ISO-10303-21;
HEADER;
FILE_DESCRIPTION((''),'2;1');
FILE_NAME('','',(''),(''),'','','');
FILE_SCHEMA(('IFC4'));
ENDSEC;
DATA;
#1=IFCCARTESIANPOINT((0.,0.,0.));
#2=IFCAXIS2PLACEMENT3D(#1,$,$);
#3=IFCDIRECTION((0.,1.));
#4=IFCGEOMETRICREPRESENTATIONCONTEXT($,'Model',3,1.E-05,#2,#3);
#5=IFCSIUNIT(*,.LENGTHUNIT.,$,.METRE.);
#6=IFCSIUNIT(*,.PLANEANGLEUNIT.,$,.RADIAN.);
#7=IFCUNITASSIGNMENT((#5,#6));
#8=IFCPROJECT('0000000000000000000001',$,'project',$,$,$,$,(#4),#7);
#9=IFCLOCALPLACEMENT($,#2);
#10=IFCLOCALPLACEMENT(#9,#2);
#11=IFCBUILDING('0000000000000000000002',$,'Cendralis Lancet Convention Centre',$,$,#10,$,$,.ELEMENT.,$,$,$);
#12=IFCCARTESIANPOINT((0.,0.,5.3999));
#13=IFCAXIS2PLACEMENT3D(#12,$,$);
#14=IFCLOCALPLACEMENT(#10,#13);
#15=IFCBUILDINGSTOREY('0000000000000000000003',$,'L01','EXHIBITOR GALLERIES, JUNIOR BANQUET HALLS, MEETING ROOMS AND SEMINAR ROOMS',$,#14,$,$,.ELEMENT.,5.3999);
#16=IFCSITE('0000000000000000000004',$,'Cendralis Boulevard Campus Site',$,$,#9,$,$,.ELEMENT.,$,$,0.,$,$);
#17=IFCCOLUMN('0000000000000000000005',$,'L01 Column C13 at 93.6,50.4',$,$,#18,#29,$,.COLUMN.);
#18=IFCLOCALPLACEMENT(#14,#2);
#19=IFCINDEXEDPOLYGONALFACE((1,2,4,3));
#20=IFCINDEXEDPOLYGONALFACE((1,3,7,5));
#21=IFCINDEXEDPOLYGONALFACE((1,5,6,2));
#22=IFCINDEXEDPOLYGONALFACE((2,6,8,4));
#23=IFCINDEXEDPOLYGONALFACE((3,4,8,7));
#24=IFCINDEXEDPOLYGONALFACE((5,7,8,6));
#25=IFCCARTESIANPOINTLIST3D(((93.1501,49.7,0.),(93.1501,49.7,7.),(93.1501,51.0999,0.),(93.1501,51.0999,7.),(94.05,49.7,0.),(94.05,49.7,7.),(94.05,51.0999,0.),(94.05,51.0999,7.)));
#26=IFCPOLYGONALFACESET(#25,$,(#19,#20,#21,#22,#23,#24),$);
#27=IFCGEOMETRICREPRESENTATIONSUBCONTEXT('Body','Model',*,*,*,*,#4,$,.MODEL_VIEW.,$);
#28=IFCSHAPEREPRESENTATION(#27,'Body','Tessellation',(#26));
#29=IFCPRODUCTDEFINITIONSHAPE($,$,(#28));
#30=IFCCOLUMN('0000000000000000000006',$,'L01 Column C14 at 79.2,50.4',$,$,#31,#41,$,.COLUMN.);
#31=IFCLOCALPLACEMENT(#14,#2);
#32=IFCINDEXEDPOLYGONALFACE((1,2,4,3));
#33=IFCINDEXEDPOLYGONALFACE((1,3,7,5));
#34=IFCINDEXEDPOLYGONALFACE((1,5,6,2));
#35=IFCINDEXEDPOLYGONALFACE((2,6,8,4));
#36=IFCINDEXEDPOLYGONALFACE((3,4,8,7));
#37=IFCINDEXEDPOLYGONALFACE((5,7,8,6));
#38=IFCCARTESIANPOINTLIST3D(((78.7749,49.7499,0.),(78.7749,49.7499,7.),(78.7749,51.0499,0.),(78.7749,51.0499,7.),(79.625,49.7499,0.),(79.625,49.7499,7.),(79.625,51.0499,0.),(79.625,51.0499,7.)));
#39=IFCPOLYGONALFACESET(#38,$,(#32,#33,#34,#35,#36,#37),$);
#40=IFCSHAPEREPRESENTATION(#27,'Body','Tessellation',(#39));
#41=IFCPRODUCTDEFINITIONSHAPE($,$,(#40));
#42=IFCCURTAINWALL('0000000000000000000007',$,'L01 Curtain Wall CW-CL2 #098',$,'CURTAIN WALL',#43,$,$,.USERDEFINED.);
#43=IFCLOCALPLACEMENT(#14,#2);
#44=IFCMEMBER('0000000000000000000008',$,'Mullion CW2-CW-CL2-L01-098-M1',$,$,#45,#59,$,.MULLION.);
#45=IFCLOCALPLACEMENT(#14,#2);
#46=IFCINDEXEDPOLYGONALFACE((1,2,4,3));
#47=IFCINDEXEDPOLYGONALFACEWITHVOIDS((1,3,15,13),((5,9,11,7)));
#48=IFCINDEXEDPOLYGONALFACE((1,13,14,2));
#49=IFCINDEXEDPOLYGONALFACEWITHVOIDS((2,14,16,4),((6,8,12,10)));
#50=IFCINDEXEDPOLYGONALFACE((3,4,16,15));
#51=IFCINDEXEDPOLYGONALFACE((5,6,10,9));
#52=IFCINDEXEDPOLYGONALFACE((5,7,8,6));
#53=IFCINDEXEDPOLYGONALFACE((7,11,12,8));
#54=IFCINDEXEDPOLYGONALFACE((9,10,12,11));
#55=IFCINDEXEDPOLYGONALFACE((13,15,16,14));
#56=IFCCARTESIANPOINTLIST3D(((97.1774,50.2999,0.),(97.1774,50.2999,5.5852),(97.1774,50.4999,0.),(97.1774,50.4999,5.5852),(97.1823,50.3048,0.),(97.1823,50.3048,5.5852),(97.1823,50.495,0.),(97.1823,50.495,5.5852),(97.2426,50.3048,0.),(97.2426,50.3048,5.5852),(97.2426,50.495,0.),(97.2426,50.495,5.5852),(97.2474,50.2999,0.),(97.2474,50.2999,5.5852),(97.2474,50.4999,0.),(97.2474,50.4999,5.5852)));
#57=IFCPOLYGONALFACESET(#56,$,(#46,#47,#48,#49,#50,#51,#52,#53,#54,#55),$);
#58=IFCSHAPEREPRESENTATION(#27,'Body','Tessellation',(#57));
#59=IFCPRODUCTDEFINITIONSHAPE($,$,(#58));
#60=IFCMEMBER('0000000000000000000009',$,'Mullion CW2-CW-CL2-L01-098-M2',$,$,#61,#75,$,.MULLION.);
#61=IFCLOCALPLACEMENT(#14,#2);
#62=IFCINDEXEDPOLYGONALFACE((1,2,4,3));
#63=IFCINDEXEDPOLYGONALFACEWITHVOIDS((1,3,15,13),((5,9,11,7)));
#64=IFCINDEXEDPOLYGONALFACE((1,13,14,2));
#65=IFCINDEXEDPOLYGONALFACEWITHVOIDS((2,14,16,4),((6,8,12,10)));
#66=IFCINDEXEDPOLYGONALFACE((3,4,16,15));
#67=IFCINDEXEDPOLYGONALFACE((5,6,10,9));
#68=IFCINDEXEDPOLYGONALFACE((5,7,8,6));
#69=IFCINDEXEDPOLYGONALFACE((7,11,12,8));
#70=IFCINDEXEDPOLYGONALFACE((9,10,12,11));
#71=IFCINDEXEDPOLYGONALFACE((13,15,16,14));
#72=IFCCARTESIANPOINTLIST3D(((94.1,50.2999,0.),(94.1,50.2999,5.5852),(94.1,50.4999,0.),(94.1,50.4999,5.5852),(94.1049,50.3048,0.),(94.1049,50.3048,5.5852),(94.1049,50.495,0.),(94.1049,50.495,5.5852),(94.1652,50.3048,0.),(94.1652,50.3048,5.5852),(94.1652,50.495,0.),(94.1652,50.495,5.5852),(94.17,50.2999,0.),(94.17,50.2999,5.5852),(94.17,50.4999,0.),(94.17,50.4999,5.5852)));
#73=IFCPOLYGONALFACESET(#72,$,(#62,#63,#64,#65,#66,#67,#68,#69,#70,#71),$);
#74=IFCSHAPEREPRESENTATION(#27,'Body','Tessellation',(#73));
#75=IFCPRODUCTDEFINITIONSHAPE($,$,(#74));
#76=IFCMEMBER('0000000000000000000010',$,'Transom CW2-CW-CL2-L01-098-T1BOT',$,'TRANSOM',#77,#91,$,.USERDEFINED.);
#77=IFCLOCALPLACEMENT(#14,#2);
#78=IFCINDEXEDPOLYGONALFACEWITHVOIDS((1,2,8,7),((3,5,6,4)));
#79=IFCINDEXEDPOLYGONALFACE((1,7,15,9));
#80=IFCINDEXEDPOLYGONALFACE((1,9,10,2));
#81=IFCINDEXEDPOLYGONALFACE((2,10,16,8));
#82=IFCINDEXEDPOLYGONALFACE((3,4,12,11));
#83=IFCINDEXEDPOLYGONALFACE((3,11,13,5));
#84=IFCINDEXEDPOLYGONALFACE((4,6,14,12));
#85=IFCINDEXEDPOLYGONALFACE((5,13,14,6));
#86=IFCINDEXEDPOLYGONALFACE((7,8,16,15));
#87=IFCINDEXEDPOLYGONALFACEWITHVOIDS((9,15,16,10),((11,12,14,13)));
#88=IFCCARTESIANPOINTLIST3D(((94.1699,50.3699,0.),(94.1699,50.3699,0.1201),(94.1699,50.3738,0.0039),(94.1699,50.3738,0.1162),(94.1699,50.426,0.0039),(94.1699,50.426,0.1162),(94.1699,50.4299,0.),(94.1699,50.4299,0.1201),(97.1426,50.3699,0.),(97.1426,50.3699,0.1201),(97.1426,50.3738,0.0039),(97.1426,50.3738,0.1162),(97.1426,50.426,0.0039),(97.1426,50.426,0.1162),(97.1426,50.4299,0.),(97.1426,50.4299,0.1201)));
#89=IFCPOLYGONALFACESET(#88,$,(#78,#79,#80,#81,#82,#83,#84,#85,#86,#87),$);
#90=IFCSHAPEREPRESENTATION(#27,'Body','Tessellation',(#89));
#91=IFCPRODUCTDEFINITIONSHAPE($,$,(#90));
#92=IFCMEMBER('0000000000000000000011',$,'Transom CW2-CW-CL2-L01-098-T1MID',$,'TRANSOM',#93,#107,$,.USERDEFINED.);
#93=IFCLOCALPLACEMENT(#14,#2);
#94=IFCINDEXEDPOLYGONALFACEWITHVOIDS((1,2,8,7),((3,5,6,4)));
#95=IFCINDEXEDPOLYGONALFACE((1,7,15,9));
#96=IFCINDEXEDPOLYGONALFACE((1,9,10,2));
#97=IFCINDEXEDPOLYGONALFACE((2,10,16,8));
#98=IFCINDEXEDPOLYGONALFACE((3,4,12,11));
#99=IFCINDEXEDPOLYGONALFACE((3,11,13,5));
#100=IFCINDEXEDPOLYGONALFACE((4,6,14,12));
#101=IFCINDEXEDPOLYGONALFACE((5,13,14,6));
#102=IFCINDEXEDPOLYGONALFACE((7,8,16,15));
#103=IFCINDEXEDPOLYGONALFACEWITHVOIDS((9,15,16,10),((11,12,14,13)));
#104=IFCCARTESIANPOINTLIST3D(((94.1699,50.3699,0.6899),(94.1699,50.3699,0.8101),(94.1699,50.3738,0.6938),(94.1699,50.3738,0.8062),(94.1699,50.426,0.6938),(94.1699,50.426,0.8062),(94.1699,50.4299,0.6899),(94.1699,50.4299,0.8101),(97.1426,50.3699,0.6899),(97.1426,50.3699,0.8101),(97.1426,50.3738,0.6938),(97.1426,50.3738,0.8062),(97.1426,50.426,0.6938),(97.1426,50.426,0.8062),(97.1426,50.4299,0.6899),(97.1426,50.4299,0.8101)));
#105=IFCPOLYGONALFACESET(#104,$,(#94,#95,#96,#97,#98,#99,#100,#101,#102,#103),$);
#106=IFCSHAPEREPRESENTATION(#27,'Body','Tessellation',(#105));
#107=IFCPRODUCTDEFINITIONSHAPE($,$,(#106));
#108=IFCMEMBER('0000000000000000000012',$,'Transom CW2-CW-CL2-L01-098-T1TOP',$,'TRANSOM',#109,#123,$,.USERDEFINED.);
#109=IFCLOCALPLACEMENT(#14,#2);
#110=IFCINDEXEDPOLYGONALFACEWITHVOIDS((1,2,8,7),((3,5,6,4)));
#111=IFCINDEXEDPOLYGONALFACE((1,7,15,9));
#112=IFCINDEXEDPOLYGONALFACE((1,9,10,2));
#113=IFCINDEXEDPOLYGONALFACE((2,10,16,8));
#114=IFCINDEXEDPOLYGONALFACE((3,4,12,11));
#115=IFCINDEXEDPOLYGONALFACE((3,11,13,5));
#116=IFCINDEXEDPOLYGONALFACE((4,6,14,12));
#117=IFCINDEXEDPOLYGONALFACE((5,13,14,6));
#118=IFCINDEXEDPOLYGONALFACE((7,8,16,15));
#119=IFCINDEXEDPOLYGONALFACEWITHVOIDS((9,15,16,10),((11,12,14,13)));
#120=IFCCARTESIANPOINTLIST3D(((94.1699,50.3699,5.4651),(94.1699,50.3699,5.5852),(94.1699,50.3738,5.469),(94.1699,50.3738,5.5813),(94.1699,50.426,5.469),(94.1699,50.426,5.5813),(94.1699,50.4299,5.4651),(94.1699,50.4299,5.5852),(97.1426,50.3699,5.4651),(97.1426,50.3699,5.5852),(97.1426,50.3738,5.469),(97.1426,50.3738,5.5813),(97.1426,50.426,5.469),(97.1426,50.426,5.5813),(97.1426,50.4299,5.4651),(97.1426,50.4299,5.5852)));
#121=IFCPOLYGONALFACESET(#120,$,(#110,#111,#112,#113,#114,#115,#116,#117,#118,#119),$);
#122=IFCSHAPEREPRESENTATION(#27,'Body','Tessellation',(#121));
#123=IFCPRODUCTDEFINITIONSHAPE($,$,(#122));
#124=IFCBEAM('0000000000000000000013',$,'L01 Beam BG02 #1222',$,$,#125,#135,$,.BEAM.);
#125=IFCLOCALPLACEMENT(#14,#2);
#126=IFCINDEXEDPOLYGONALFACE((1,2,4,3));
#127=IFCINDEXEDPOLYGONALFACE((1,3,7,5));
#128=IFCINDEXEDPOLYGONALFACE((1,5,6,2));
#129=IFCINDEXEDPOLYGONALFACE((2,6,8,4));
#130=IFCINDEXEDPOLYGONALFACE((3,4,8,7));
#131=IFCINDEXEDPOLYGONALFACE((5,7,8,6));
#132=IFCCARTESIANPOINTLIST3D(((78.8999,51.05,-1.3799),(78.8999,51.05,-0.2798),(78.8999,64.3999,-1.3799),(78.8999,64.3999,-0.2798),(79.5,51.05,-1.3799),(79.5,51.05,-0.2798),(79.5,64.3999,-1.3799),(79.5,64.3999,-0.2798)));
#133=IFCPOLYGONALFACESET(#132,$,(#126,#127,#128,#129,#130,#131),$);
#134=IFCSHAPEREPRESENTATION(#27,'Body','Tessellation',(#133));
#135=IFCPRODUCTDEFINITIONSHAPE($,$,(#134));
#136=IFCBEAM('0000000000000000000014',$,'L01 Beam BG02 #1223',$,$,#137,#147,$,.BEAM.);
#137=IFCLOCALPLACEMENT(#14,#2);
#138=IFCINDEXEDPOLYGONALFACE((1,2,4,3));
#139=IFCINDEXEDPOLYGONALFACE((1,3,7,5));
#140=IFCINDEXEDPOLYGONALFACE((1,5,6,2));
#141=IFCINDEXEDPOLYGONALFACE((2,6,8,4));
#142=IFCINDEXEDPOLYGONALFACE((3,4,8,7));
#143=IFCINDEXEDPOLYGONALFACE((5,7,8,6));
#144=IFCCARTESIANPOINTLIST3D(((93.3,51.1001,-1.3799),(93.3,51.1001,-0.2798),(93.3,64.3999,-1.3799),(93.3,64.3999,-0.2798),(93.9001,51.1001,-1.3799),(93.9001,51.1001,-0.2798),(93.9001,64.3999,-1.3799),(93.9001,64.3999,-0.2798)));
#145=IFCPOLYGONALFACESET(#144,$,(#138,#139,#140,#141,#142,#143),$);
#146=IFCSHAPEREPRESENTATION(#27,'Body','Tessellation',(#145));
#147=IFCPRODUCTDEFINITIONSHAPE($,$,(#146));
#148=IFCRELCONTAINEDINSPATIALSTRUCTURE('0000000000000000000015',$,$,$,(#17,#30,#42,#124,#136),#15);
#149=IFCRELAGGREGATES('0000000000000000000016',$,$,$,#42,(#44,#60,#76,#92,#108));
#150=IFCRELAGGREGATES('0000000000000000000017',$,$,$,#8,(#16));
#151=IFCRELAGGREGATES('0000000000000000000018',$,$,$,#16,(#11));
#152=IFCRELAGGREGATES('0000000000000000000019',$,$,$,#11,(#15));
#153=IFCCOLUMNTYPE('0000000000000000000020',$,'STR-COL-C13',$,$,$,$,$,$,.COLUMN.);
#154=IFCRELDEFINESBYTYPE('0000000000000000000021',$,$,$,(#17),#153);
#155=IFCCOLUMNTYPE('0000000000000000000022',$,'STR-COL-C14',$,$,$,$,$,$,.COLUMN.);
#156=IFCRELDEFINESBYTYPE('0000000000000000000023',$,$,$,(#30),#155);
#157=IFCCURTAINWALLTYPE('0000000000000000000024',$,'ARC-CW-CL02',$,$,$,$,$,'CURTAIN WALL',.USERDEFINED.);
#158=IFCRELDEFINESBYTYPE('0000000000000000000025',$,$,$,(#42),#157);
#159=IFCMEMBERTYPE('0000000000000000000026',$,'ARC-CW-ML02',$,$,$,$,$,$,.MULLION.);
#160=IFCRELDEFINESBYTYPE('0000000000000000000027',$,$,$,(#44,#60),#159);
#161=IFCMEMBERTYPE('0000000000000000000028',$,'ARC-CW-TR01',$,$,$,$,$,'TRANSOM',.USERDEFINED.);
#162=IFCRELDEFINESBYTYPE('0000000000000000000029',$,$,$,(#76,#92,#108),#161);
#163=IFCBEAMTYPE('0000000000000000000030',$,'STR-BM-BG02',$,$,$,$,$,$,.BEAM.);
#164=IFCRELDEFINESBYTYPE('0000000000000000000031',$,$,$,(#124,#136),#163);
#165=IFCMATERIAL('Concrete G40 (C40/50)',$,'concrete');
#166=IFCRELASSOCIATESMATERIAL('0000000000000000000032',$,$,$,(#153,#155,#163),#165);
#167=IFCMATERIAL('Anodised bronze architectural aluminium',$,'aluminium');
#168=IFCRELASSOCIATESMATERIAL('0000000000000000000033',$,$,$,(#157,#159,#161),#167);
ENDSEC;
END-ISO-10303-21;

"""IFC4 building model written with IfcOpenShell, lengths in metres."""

from ifc_helpers import new_model, si_unit, direction, frame, origin, origin_2d, place, context, subcontext, project, spatial, rectangle, hollow_rectangle, extrude, material, material_profile, profile_set, type_object, element, aggregate, save


model = new_model("IFC4")

# Units and contexts
model_context = context("Model", 3, precision=1e-05, world=origin(), true_north=direction((0.0, 1.0)))
body_context = subcontext(model_context, "Body", "Model", "MODEL_VIEW")
ifc_project = project(units=[si_unit("LENGTHUNIT", "METRE"), si_unit("PLANEANGLEUNIT", "RADIAN")], contexts=[model_context])

# Site, building, storey
site_placement = place(None, origin())
site = spatial("IfcSite", under=ifc_project, at=site_placement, Name="Cendralis Boulevard Campus Site", CompositionType="ELEMENT", RefElevation=0.0)
building_placement = place(site_placement, origin())
building = spatial("IfcBuilding", under=site, at=building_placement, Name="Cendralis Lancet Convention Centre", CompositionType="ELEMENT")
storey_placement = place(building_placement, frame((0.0, 0.0, 5.3999)))
storey = spatial("IfcBuildingStorey", under=building, at=storey_placement, Name="L01", Description="EXHIBITOR GALLERIES, JUNIOR BANQUET HALLS, MEETING ROOMS AND SEMINAR ROOMS", CompositionType="ELEMENT", Elevation=5.3999)

# Columns
ifc_material_1 = material(Name="Concrete G40 (C40/50)", Category="concrete")
ifc_material_profile_1 = material_profile(ifc_material_1, rectangle(XDim=0.8999, YDim=1.3999, at=origin_2d()), Name="RC 900x1400")
ifc_profile_set_1 = profile_set([ifc_material_profile_1], Name="Concrete G40 (C40/50)")
column_type_1 = type_object("IfcColumnType", Name="STR-COL-C13", PredefinedType="COLUMN", material=ifc_profile_set_1)
column_1_placement = place(storey_placement, frame((93.6001, 50.3999, 0.0), z_axis=(0.0, 0.0, 1.0), x_axis=(1.0, 0.0, 0.0)))
element("IfcColumn", 1, at=column_1_placement, inside=storey, type_object=column_type_1, Name="L01 Column C13 at 93.6,50.4", PredefinedType="COLUMN", context=body_context, shape_type="SweptSolid", body=[
    extrude(rectangle(XDim=0.8999, YDim=1.3999, at=origin_2d()), origin(), (0.0, 0.0, 1.0), 7.0),
])
ifc_material_profile_2 = material_profile(ifc_material_1, rectangle(XDim=0.8501, YDim=1.3, at=origin_2d()), Name="RC 850x1300")
ifc_profile_set_2 = profile_set([ifc_material_profile_2], Name="Concrete G40 (C40/50)")
column_type_2 = type_object("IfcColumnType", Name="STR-COL-C14", PredefinedType="COLUMN", material=ifc_profile_set_2)
column_2_placement = place(storey_placement, frame((79.2, 50.3999, 0.0), z_axis=(0.0, 0.0, 1.0), x_axis=(1.0, 0.0, 0.0)))
element("IfcColumn", 2, at=column_2_placement, inside=storey, type_object=column_type_2, Name="L01 Column C14 at 79.2,50.4", PredefinedType="COLUMN", context=body_context, shape_type="SweptSolid", body=[
    extrude(rectangle(XDim=0.8501, YDim=1.3, at=origin_2d()), origin(), (0.0, 0.0, 1.0), 7.0),
])

# Curtain wall, members
ifc_material_2 = material(Name="Anodised bronze architectural aluminium", Category="aluminium")
curtain_wall_type = type_object("IfcCurtainWallType", Name="ARC-CW-CL02", ElementType="CURTAIN WALL", PredefinedType="USERDEFINED", material=ifc_material_2)
curtain_wall_placement = place(storey_placement, origin())
curtain_wall = element("IfcCurtainWall", 3, at=curtain_wall_placement, inside=storey, type_object=curtain_wall_type, Name="L01 Curtain Wall CW-CL2 #098", ObjectType="CURTAIN WALL", PredefinedType="USERDEFINED")
ifc_material_profile_3 = material_profile(ifc_material_2, hollow_rectangle(XDim=0.0701, YDim=0.2, WallThickness=0.0049, at=origin_2d()), Name="AL-MULL 70x200x5.0")
ifc_profile_set_3 = profile_set([ifc_material_profile_3], Name="Anodised bronze architectural aluminium")
member_type_1 = type_object("IfcMemberType", Name="ARC-CW-ML02", PredefinedType="MULLION", material=ifc_profile_set_3)
member_1_placement = place(storey_placement, frame((97.2124, 50.3999, 0.0), z_axis=(0.0, 0.0, 1.0), x_axis=(1.0, 0.0, 0.0)))
member_1 = element("IfcMember", 4, at=member_1_placement, type_object=member_type_1, Name="Mullion CW2-CW-CL2-L01-098-M1", PredefinedType="MULLION", context=body_context, shape_type="SweptSolid", body=[
    extrude(hollow_rectangle(XDim=0.0701, YDim=0.2, WallThickness=0.0049, at=origin_2d()), origin(), (0.0, 0.0, 1.0), 5.5852),
])
member_2_placement = place(storey_placement, frame((94.135, 50.3999, 0.0), z_axis=(0.0, 0.0, 1.0), x_axis=(1.0, 0.0, 0.0)))
member_2 = element("IfcMember", 5, at=member_2_placement, type_object=member_type_1, Name="Mullion CW2-CW-CL2-L01-098-M2", PredefinedType="MULLION", context=body_context, shape_type="SweptSolid", body=[
    extrude(hollow_rectangle(XDim=0.0701, YDim=0.2, WallThickness=0.0049, at=origin_2d()), origin(), (0.0, 0.0, 1.0), 5.5852),
])
ifc_material_profile_4 = material_profile(ifc_material_2, hollow_rectangle(XDim=0.0601, YDim=0.1201, WallThickness=0.0039, at=origin_2d()), Name="AL-TRAN 60x120x4.0")
ifc_profile_set_4 = profile_set([ifc_material_profile_4], Name="Anodised bronze architectural aluminium")
member_type_2 = type_object("IfcMemberType", Name="ARC-CW-TR01", ElementType="TRANSOM", PredefinedType="USERDEFINED", material=ifc_profile_set_4)
member_3_placement = place(storey_placement, frame((97.1426, 50.3999, 0.0601), z_axis=(-1.0, 0.0, 0.0), x_axis=(0.0, -1.0, 0.0)))
member_3 = element("IfcMember", 6, at=member_3_placement, type_object=member_type_2, Name="Transom CW2-CW-CL2-L01-098-T1BOT", ObjectType="TRANSOM", PredefinedType="USERDEFINED", context=body_context, shape_type="SweptSolid", body=[
    extrude(hollow_rectangle(XDim=0.0601, YDim=0.1201, WallThickness=0.0039, at=origin_2d()), origin(), (0.0, 0.0, 1.0), 2.9727),
])
member_4_placement = place(storey_placement, frame((97.1426, 50.3999, 0.75), z_axis=(-1.0, 0.0, 0.0), x_axis=(0.0, -1.0, 0.0)))
member_4 = element("IfcMember", 7, at=member_4_placement, type_object=member_type_2, Name="Transom CW2-CW-CL2-L01-098-T1MID", ObjectType="TRANSOM", PredefinedType="USERDEFINED", context=body_context, shape_type="SweptSolid", body=[
    extrude(hollow_rectangle(XDim=0.0601, YDim=0.1201, WallThickness=0.0039, at=origin_2d()), origin(), (0.0, 0.0, 1.0), 2.9727),
])
member_5_placement = place(storey_placement, frame((97.1426, 50.3999, 5.5251), z_axis=(-1.0, 0.0, 0.0), x_axis=(0.0, -1.0, 0.0)))
member_5 = element("IfcMember", 8, at=member_5_placement, type_object=member_type_2, Name="Transom CW2-CW-CL2-L01-098-T1TOP", ObjectType="TRANSOM", PredefinedType="USERDEFINED", context=body_context, shape_type="SweptSolid", body=[
    extrude(hollow_rectangle(XDim=0.0601, YDim=0.1201, WallThickness=0.0039, at=origin_2d()), origin(), (0.0, 0.0, 1.0), 2.9727),
])

# Beams
ifc_material_profile_5 = material_profile(ifc_material_1, rectangle(XDim=0.6001, YDim=1.1001, at=origin_2d()), Name="RCB 600x1100")
ifc_profile_set_5 = profile_set([ifc_material_profile_5], Name="Concrete G40 (C40/50)")
beam_type_1 = type_object("IfcBeamType", Name="STR-BM-BG02", PredefinedType="BEAM", material=ifc_profile_set_5)
beam_1_placement = place(storey_placement, frame((79.2, 51.05, -0.8298), z_axis=(0.0, 1.0, 0.0), x_axis=(-1.0, 0.0, 0.0)))
element("IfcBeam", 9, at=beam_1_placement, inside=storey, type_object=beam_type_1, Name="L01 Beam BG02 #1222", PredefinedType="BEAM", context=body_context, shape_type="SweptSolid", body=[
    extrude(rectangle(XDim=0.6001, YDim=1.1001, at=origin_2d()), origin(), (0.0, 0.0, 1.0), 13.3499),
])
beam_2_placement = place(storey_placement, frame((93.6001, 51.1001, -0.8298), z_axis=(0.0, 1.0, 0.0), x_axis=(-1.0, 0.0, 0.0)))
element("IfcBeam", 10, at=beam_2_placement, inside=storey, type_object=beam_type_1, Name="L01 Beam BG02 #1223", PredefinedType="BEAM", context=body_context, shape_type="SweptSolid", body=[
    extrude(rectangle(XDim=0.6001, YDim=1.1001, at=origin_2d()), origin(), (0.0, 0.0, 1.0), 13.2998),
])

aggregate(curtain_wall, [member_1, member_2, member_3, member_4, member_5])

save(model, "model.ifc")
